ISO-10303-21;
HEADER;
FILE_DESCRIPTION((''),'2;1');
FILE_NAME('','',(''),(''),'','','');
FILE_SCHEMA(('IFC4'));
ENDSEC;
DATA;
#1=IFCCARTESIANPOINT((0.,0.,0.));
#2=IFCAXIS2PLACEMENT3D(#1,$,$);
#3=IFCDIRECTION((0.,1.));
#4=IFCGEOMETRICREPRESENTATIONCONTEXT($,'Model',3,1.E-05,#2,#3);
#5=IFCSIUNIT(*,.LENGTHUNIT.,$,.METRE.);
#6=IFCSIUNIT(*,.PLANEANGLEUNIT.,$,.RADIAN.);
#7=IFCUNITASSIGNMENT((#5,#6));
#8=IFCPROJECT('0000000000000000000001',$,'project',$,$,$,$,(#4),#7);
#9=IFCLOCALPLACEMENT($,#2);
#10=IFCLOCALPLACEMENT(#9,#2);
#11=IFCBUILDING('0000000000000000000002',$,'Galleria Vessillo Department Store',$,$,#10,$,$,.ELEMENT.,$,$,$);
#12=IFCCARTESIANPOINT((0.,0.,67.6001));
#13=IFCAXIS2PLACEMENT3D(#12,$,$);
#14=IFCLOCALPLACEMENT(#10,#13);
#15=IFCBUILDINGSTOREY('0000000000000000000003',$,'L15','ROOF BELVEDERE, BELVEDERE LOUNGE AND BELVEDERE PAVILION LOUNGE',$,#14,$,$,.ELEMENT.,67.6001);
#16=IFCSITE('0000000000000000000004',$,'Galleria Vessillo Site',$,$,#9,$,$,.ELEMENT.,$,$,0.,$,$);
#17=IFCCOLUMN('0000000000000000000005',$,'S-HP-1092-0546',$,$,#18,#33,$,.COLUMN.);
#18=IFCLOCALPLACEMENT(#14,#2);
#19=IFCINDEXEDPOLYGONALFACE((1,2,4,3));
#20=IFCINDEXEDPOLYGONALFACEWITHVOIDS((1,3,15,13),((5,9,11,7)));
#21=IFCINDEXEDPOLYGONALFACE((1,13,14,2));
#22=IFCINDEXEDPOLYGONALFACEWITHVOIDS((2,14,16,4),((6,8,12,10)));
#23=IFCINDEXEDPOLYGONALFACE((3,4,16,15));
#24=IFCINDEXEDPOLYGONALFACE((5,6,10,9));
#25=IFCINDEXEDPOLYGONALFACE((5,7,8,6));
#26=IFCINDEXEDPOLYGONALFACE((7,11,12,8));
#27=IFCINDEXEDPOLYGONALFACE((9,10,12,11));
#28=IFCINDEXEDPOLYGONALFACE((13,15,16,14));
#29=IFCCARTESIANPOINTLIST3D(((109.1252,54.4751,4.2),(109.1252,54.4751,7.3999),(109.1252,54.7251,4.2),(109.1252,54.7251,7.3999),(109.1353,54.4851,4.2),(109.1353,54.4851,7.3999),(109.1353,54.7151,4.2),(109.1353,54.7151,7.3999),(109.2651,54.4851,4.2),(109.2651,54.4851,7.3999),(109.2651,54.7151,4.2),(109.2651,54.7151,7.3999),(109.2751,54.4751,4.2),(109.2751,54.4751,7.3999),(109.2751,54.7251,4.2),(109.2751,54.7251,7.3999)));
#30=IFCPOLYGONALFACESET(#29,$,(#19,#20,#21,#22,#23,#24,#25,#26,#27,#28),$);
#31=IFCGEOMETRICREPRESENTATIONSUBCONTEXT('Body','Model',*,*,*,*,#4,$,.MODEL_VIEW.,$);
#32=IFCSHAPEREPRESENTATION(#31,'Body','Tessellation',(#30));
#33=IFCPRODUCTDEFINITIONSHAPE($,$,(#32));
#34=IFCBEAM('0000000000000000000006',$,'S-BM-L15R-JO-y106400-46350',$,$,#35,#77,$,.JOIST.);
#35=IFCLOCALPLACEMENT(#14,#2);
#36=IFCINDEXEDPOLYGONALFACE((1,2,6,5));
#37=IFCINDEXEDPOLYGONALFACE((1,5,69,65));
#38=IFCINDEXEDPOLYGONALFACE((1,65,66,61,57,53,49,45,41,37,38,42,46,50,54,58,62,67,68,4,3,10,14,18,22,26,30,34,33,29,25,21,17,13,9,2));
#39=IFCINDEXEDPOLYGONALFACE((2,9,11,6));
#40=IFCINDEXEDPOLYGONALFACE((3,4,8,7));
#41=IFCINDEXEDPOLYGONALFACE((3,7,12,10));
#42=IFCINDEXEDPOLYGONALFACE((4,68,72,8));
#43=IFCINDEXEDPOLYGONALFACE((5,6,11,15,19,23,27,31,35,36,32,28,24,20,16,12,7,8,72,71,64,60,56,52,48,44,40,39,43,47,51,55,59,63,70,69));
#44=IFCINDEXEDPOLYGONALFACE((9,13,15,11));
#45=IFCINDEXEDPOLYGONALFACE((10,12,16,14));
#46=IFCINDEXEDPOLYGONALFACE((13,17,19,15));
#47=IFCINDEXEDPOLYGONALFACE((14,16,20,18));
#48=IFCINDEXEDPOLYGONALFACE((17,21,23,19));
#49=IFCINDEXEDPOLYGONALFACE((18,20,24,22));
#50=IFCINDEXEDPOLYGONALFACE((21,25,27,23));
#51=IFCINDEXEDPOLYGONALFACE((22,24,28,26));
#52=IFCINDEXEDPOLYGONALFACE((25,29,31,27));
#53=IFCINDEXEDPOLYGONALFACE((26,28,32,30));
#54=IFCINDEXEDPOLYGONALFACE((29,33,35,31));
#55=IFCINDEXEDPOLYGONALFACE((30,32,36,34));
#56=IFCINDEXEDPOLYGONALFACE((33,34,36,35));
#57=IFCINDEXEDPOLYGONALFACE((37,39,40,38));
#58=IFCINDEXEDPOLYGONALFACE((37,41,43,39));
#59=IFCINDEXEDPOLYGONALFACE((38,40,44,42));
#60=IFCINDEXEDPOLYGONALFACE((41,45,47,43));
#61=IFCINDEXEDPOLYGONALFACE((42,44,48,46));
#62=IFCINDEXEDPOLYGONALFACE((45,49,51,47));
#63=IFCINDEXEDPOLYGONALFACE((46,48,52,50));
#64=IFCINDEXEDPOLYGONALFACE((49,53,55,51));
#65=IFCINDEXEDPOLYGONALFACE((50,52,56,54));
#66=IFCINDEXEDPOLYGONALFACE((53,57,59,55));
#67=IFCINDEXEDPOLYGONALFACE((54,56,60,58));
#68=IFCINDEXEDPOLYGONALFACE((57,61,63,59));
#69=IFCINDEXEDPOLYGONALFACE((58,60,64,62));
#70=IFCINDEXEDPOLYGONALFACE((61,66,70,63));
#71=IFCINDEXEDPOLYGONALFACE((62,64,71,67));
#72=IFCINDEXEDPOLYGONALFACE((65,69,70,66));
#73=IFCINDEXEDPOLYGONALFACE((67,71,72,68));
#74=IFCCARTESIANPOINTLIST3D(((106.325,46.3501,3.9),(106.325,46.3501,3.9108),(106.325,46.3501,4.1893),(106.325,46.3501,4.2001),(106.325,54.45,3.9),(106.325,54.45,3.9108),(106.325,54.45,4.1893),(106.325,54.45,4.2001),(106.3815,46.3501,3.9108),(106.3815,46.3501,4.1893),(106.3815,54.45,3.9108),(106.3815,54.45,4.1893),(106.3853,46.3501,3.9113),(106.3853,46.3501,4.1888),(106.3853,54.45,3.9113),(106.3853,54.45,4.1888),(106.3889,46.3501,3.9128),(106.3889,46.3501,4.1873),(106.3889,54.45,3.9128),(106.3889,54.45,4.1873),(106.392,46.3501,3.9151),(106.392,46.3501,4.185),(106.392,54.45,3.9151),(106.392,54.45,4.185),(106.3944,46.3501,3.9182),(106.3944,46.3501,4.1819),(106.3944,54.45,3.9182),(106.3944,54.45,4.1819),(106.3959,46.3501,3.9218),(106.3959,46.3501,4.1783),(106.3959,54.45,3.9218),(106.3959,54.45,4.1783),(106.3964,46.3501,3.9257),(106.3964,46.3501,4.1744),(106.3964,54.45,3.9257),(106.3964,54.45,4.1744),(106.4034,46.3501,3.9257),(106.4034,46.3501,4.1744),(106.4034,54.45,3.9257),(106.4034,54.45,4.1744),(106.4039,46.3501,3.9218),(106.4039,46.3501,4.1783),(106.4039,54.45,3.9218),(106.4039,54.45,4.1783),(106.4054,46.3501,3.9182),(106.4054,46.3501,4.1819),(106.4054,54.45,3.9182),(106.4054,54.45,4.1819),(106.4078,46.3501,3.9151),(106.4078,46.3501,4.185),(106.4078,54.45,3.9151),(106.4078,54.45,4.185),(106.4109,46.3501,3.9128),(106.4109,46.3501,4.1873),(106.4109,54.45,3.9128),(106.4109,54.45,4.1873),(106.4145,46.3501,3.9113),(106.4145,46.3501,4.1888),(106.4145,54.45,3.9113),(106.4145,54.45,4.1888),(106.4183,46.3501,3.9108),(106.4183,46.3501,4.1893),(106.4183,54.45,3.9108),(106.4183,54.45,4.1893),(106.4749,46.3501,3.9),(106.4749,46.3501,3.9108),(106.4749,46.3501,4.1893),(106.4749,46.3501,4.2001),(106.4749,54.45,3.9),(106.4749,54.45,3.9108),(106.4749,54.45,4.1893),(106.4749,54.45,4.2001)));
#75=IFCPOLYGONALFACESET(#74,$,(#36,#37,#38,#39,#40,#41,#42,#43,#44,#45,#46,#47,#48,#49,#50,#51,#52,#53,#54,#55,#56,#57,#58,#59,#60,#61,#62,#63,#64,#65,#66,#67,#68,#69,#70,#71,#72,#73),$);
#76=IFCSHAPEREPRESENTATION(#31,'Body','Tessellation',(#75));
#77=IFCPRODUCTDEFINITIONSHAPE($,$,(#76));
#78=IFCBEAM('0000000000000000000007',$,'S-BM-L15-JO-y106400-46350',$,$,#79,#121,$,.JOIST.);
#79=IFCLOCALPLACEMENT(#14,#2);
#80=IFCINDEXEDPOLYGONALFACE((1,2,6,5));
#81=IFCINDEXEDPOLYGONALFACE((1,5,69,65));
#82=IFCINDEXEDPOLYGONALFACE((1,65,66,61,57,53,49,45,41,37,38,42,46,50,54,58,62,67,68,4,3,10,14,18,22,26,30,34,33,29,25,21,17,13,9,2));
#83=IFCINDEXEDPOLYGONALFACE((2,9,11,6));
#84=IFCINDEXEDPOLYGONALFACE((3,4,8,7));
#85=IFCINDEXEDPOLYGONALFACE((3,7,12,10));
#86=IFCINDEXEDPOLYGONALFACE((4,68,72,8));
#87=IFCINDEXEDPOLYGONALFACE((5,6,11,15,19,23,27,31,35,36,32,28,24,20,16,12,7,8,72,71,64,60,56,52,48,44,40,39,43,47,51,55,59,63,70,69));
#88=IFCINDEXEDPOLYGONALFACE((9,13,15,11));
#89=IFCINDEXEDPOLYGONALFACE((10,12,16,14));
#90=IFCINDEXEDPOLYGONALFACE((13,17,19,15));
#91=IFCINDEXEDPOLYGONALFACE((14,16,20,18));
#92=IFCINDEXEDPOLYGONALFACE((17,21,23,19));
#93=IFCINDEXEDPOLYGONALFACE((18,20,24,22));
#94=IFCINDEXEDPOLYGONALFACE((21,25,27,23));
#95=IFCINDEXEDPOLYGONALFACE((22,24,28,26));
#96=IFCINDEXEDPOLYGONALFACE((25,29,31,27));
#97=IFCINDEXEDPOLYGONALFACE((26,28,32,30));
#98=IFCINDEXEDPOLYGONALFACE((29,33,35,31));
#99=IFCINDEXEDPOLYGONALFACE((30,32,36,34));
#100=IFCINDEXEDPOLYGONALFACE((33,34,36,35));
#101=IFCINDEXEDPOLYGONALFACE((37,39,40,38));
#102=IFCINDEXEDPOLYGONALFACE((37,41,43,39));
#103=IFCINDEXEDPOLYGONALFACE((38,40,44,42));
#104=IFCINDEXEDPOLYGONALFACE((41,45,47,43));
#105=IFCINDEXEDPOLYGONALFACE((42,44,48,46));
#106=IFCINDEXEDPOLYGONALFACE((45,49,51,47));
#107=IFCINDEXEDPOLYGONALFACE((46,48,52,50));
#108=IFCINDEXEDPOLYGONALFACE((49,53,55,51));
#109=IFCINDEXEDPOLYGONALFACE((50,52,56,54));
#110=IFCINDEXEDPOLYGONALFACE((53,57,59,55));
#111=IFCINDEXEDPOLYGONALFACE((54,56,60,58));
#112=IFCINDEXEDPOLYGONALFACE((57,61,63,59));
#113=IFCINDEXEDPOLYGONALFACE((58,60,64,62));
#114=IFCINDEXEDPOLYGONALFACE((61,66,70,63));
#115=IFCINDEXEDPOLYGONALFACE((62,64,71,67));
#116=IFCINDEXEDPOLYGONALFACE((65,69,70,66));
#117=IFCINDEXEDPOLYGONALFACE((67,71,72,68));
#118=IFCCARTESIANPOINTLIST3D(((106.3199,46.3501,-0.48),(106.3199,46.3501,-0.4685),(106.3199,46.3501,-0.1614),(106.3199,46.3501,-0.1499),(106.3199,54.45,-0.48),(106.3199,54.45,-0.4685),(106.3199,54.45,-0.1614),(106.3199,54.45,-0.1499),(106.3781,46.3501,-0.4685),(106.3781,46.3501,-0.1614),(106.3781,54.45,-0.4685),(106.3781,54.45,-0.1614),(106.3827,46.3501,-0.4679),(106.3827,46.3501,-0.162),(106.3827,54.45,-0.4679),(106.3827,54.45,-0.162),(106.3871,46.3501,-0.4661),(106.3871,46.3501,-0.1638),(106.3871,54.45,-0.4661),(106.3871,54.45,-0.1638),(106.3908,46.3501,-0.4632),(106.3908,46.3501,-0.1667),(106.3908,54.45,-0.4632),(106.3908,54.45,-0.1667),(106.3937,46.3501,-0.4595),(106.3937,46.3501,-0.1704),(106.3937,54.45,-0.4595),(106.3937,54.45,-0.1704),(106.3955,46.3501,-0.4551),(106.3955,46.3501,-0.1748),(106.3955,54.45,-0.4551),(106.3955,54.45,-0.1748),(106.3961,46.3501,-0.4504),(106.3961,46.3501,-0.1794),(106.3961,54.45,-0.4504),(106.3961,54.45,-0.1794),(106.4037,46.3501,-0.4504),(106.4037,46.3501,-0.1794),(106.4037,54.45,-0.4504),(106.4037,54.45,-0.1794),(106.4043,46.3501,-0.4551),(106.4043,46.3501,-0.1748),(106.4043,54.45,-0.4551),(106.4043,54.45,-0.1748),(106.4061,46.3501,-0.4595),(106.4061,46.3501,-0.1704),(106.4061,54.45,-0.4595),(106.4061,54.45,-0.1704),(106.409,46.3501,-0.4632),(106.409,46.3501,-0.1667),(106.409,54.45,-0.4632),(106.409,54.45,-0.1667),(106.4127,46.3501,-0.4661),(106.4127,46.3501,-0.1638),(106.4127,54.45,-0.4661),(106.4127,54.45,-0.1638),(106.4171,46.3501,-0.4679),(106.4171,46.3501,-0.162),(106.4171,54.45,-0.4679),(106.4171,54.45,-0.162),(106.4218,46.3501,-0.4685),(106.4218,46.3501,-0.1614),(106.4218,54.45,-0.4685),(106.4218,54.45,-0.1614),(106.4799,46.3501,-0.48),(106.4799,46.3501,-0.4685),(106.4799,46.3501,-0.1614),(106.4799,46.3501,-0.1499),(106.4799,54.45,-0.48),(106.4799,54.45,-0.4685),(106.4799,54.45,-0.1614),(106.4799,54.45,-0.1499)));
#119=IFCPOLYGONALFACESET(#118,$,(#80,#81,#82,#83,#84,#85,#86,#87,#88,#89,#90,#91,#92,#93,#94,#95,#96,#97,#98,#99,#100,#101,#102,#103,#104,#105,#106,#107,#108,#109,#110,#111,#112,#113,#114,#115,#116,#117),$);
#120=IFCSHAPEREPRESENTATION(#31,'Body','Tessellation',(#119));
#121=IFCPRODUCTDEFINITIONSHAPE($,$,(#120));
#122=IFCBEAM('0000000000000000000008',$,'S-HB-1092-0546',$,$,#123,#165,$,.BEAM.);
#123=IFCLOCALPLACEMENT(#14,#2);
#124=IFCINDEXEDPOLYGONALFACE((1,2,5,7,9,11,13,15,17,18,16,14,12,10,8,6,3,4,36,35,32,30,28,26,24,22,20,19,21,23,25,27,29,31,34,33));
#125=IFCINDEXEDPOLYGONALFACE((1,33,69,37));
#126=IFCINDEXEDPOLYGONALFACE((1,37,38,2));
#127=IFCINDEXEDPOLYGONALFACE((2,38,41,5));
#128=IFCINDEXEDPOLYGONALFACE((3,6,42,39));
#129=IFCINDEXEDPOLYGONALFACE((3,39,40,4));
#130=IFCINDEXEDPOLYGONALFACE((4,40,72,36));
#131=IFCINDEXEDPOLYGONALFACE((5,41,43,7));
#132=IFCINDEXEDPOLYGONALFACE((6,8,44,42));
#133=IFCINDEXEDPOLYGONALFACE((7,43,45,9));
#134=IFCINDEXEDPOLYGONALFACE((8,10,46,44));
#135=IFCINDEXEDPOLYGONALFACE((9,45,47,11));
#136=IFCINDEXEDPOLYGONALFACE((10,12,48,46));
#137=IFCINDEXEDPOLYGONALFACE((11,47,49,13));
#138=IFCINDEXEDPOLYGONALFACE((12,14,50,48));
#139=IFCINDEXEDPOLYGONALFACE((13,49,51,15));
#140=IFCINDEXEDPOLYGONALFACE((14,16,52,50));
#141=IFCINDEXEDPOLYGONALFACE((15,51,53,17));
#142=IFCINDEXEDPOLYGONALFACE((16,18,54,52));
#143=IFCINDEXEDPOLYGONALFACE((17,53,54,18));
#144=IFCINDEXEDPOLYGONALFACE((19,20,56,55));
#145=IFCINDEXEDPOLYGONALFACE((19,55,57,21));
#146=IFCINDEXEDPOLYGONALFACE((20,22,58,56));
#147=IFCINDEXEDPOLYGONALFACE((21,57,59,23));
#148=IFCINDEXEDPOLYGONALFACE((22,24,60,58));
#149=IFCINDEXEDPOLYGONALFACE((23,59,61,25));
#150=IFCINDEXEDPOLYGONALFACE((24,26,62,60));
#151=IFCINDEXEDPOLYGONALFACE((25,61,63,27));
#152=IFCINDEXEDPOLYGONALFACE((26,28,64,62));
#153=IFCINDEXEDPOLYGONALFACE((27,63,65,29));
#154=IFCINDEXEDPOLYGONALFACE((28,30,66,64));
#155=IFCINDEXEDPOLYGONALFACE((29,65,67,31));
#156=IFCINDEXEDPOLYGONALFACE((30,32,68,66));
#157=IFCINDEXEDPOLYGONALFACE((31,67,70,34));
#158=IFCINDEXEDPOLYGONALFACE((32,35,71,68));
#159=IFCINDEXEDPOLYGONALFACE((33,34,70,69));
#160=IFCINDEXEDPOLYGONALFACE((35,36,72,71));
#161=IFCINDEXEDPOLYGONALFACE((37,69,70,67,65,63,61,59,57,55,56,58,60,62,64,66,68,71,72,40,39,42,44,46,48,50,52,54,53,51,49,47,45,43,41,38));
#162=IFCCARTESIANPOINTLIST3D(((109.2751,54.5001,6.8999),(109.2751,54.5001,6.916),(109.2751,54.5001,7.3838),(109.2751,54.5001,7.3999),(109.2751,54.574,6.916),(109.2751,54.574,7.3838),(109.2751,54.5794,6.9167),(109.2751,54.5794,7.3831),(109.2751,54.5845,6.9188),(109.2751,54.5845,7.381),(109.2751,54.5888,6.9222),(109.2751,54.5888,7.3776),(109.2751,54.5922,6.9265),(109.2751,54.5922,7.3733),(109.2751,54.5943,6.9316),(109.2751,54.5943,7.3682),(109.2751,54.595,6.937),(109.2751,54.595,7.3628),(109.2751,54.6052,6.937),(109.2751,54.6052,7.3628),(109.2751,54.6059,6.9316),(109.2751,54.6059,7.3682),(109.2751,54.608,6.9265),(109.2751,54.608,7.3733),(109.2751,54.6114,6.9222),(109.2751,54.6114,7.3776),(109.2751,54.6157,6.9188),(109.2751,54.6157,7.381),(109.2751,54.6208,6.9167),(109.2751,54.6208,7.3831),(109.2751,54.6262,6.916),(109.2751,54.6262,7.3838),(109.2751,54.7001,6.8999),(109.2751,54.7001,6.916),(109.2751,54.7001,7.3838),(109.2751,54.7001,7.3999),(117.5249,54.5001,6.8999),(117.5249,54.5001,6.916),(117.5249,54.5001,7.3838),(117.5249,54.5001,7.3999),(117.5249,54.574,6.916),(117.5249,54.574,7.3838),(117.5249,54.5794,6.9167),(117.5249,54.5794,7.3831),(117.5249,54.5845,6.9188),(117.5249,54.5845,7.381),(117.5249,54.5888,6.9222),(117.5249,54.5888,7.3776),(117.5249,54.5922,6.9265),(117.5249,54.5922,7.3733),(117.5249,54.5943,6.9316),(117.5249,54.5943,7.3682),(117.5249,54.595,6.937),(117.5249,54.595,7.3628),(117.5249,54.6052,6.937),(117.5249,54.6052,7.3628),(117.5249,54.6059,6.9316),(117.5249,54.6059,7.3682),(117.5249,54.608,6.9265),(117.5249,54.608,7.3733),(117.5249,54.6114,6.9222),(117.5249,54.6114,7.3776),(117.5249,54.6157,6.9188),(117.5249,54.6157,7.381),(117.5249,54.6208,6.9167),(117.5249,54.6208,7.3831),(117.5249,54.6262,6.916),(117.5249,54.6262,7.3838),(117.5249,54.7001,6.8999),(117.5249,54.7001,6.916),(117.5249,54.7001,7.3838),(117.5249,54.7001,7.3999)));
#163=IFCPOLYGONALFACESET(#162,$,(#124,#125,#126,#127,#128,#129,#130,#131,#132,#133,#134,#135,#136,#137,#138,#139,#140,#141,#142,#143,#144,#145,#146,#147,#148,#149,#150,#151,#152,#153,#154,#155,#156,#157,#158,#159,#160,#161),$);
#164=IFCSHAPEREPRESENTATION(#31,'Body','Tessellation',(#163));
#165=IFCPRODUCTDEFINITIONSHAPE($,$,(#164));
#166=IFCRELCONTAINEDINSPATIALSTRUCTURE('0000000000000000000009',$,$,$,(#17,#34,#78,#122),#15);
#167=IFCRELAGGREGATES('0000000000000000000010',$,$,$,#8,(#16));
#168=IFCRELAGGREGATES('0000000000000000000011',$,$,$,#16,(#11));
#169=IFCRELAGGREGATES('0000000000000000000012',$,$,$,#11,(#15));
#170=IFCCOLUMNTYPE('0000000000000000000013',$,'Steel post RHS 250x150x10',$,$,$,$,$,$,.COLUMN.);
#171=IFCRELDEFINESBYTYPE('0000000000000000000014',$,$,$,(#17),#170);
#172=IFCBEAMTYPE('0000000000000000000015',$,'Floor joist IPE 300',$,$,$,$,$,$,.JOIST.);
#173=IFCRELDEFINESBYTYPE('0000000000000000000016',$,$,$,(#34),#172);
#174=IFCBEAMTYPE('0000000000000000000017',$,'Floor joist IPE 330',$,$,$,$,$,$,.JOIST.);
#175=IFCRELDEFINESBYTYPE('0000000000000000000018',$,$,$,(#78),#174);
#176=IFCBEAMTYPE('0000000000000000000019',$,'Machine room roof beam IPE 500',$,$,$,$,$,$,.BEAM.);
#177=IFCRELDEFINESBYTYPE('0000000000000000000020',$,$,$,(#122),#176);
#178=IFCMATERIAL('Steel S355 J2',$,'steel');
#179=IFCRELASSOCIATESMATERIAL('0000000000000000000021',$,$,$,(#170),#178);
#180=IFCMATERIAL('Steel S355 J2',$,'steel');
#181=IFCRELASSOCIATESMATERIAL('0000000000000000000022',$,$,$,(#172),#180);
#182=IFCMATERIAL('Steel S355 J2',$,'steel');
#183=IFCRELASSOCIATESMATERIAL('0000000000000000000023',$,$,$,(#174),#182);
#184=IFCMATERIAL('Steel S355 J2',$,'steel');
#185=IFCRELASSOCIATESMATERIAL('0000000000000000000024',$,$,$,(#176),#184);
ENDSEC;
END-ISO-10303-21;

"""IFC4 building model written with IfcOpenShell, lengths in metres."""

from ifc_helpers import new_model, si_unit, direction, frame, origin, origin_2d, place, context, subcontext, project, spatial, hollow_rectangle, i_section, extrude, material, material_profile, profile_set, type_object, element, save


model = new_model("IFC4")

# Units and contexts
model_context = context("Model", 3, precision=1e-05, world=origin(), true_north=direction((0.0, 1.0)))
body_context = subcontext(model_context, "Body", "Model", "MODEL_VIEW")
ifc_project = project(units=[si_unit("LENGTHUNIT", "METRE"), si_unit("PLANEANGLEUNIT", "RADIAN")], contexts=[model_context])

# Site, building, storey
site_placement = place(None, origin())
site = spatial("IfcSite", under=ifc_project, at=site_placement, Name="Galleria Vessillo Site", CompositionType="ELEMENT", RefElevation=0.0)
building_placement = place(site_placement, origin())
building = spatial("IfcBuilding", under=site, at=building_placement, Name="Galleria Vessillo Department Store", CompositionType="ELEMENT")
storey_placement = place(building_placement, frame((0.0, 0.0, 67.6001)))
storey = spatial("IfcBuildingStorey", under=building, at=storey_placement, Name="L15", Description="ROOF BELVEDERE, BELVEDERE LOUNGE AND BELVEDERE PAVILION LOUNGE", CompositionType="ELEMENT", Elevation=67.6001)

# Column
ifc_material_1 = material(Name="Steel S355 J2", Category="steel")
ifc_material_profile_1 = material_profile(ifc_material_1, hollow_rectangle(XDim=0.1499, YDim=0.25, WallThickness=0.01, at=origin_2d()), Name="RHS 250x150x10")
ifc_profile_set_1 = profile_set([ifc_material_profile_1], Name="Steel S355 J2")
column_type = type_object("IfcColumnType", Name="Steel post RHS 250x150x10", PredefinedType="COLUMN", material=ifc_profile_set_1)
column_placement = place(storey_placement, frame((109.2002, 54.6001, 4.2), z_axis=(0.0, 0.0, 1.0), x_axis=(1.0, 0.0, 0.0)))
element("IfcColumn", 1, at=column_placement, inside=storey, type_object=column_type, Name="S-HP-1092-0546", PredefinedType="COLUMN", context=body_context, shape_type="SweptSolid", body=[
    extrude(hollow_rectangle(XDim=0.1499, YDim=0.25, WallThickness=0.01, at=origin_2d()), origin(), (0.0, 0.0, 1.0), 3.2),
])

# Beams
ifc_material_2 = material(Name="Steel S355 J2", Category="steel")
ifc_material_profile_2 = material_profile(ifc_material_2, i_section(OverallWidth=0.1499, OverallDepth=0.3, WebThickness=0.0071, FlangeThickness=0.0107, FilletRadius=0.0149, at=origin_2d()), Name="IPE 300")
ifc_profile_set_2 = profile_set([ifc_material_profile_2], Name="Steel S355 J2")
beam_type_1 = type_object("IfcBeamType", Name="Floor joist IPE 300", PredefinedType="JOIST", material=ifc_profile_set_2)
beam_1_placement = place(storey_placement, frame((106.3999, 46.3501, 4.05), z_axis=(0.0, 1.0, 0.0), x_axis=(-1.0, 0.0, 0.0)))
element("IfcBeam", 2, at=beam_1_placement, inside=storey, type_object=beam_type_1, Name="S-BM-L15R-JO-y106400-46350", PredefinedType="JOIST", context=body_context, shape_type="SweptSolid", body=[
    extrude(i_section(OverallWidth=0.1499, OverallDepth=0.3, WebThickness=0.0071, FlangeThickness=0.0107, FilletRadius=0.0149, at=origin_2d()), origin(), (0.0, 0.0, 1.0), 8.0999),
])
ifc_material_3 = material(Name="Steel S355 J2", Category="steel")
ifc_material_profile_3 = material_profile(ifc_material_3, i_section(OverallWidth=0.1599, OverallDepth=0.3301, WebThickness=0.0076, FlangeThickness=0.0115, FilletRadius=0.0181, at=origin_2d()), Name="IPE 330")
ifc_profile_set_3 = profile_set([ifc_material_profile_3], Name="Steel S355 J2")
beam_type_2 = type_object("IfcBeamType", Name="Floor joist IPE 330", PredefinedType="JOIST", material=ifc_profile_set_3)
beam_2_placement = place(storey_placement, frame((106.3999, 46.3501, -0.3149), z_axis=(0.0, 1.0, 0.0), x_axis=(-1.0, 0.0, 0.0)))
element("IfcBeam", 3, at=beam_2_placement, inside=storey, type_object=beam_type_2, Name="S-BM-L15-JO-y106400-46350", PredefinedType="JOIST", context=body_context, shape_type="SweptSolid", body=[
    extrude(i_section(OverallWidth=0.1599, OverallDepth=0.3301, WebThickness=0.0076, FlangeThickness=0.0115, FilletRadius=0.0181, at=origin_2d()), origin(), (0.0, 0.0, 1.0), 8.0999),
])
ifc_material_4 = material(Name="Steel S355 J2", Category="steel")
ifc_material_profile_4 = material_profile(ifc_material_4, i_section(OverallWidth=0.2, OverallDepth=0.5, WebThickness=0.0103, FlangeThickness=0.0161, FilletRadius=0.021, at=origin_2d()), Name="IPE 500")
ifc_profile_set_4 = profile_set([ifc_material_profile_4], Name="Steel S355 J2")
beam_type_3 = type_object("IfcBeamType", Name="Machine room roof beam IPE 500", PredefinedType="BEAM", material=ifc_profile_set_4)
beam_3_placement = place(storey_placement, frame((109.2751, 54.6001, 7.1499), z_axis=(1.0, 0.0, 0.0), x_axis=(0.0, 1.0, 0.0)))
element("IfcBeam", 4, at=beam_3_placement, inside=storey, type_object=beam_type_3, Name="S-HB-1092-0546", PredefinedType="BEAM", context=body_context, shape_type="SweptSolid", body=[
    extrude(i_section(OverallWidth=0.2, OverallDepth=0.5, WebThickness=0.0103, FlangeThickness=0.0161, FilletRadius=0.021, at=origin_2d()), origin(), (0.0, 0.0, 1.0), 8.2498),
])

save(model, "model.ifc")
